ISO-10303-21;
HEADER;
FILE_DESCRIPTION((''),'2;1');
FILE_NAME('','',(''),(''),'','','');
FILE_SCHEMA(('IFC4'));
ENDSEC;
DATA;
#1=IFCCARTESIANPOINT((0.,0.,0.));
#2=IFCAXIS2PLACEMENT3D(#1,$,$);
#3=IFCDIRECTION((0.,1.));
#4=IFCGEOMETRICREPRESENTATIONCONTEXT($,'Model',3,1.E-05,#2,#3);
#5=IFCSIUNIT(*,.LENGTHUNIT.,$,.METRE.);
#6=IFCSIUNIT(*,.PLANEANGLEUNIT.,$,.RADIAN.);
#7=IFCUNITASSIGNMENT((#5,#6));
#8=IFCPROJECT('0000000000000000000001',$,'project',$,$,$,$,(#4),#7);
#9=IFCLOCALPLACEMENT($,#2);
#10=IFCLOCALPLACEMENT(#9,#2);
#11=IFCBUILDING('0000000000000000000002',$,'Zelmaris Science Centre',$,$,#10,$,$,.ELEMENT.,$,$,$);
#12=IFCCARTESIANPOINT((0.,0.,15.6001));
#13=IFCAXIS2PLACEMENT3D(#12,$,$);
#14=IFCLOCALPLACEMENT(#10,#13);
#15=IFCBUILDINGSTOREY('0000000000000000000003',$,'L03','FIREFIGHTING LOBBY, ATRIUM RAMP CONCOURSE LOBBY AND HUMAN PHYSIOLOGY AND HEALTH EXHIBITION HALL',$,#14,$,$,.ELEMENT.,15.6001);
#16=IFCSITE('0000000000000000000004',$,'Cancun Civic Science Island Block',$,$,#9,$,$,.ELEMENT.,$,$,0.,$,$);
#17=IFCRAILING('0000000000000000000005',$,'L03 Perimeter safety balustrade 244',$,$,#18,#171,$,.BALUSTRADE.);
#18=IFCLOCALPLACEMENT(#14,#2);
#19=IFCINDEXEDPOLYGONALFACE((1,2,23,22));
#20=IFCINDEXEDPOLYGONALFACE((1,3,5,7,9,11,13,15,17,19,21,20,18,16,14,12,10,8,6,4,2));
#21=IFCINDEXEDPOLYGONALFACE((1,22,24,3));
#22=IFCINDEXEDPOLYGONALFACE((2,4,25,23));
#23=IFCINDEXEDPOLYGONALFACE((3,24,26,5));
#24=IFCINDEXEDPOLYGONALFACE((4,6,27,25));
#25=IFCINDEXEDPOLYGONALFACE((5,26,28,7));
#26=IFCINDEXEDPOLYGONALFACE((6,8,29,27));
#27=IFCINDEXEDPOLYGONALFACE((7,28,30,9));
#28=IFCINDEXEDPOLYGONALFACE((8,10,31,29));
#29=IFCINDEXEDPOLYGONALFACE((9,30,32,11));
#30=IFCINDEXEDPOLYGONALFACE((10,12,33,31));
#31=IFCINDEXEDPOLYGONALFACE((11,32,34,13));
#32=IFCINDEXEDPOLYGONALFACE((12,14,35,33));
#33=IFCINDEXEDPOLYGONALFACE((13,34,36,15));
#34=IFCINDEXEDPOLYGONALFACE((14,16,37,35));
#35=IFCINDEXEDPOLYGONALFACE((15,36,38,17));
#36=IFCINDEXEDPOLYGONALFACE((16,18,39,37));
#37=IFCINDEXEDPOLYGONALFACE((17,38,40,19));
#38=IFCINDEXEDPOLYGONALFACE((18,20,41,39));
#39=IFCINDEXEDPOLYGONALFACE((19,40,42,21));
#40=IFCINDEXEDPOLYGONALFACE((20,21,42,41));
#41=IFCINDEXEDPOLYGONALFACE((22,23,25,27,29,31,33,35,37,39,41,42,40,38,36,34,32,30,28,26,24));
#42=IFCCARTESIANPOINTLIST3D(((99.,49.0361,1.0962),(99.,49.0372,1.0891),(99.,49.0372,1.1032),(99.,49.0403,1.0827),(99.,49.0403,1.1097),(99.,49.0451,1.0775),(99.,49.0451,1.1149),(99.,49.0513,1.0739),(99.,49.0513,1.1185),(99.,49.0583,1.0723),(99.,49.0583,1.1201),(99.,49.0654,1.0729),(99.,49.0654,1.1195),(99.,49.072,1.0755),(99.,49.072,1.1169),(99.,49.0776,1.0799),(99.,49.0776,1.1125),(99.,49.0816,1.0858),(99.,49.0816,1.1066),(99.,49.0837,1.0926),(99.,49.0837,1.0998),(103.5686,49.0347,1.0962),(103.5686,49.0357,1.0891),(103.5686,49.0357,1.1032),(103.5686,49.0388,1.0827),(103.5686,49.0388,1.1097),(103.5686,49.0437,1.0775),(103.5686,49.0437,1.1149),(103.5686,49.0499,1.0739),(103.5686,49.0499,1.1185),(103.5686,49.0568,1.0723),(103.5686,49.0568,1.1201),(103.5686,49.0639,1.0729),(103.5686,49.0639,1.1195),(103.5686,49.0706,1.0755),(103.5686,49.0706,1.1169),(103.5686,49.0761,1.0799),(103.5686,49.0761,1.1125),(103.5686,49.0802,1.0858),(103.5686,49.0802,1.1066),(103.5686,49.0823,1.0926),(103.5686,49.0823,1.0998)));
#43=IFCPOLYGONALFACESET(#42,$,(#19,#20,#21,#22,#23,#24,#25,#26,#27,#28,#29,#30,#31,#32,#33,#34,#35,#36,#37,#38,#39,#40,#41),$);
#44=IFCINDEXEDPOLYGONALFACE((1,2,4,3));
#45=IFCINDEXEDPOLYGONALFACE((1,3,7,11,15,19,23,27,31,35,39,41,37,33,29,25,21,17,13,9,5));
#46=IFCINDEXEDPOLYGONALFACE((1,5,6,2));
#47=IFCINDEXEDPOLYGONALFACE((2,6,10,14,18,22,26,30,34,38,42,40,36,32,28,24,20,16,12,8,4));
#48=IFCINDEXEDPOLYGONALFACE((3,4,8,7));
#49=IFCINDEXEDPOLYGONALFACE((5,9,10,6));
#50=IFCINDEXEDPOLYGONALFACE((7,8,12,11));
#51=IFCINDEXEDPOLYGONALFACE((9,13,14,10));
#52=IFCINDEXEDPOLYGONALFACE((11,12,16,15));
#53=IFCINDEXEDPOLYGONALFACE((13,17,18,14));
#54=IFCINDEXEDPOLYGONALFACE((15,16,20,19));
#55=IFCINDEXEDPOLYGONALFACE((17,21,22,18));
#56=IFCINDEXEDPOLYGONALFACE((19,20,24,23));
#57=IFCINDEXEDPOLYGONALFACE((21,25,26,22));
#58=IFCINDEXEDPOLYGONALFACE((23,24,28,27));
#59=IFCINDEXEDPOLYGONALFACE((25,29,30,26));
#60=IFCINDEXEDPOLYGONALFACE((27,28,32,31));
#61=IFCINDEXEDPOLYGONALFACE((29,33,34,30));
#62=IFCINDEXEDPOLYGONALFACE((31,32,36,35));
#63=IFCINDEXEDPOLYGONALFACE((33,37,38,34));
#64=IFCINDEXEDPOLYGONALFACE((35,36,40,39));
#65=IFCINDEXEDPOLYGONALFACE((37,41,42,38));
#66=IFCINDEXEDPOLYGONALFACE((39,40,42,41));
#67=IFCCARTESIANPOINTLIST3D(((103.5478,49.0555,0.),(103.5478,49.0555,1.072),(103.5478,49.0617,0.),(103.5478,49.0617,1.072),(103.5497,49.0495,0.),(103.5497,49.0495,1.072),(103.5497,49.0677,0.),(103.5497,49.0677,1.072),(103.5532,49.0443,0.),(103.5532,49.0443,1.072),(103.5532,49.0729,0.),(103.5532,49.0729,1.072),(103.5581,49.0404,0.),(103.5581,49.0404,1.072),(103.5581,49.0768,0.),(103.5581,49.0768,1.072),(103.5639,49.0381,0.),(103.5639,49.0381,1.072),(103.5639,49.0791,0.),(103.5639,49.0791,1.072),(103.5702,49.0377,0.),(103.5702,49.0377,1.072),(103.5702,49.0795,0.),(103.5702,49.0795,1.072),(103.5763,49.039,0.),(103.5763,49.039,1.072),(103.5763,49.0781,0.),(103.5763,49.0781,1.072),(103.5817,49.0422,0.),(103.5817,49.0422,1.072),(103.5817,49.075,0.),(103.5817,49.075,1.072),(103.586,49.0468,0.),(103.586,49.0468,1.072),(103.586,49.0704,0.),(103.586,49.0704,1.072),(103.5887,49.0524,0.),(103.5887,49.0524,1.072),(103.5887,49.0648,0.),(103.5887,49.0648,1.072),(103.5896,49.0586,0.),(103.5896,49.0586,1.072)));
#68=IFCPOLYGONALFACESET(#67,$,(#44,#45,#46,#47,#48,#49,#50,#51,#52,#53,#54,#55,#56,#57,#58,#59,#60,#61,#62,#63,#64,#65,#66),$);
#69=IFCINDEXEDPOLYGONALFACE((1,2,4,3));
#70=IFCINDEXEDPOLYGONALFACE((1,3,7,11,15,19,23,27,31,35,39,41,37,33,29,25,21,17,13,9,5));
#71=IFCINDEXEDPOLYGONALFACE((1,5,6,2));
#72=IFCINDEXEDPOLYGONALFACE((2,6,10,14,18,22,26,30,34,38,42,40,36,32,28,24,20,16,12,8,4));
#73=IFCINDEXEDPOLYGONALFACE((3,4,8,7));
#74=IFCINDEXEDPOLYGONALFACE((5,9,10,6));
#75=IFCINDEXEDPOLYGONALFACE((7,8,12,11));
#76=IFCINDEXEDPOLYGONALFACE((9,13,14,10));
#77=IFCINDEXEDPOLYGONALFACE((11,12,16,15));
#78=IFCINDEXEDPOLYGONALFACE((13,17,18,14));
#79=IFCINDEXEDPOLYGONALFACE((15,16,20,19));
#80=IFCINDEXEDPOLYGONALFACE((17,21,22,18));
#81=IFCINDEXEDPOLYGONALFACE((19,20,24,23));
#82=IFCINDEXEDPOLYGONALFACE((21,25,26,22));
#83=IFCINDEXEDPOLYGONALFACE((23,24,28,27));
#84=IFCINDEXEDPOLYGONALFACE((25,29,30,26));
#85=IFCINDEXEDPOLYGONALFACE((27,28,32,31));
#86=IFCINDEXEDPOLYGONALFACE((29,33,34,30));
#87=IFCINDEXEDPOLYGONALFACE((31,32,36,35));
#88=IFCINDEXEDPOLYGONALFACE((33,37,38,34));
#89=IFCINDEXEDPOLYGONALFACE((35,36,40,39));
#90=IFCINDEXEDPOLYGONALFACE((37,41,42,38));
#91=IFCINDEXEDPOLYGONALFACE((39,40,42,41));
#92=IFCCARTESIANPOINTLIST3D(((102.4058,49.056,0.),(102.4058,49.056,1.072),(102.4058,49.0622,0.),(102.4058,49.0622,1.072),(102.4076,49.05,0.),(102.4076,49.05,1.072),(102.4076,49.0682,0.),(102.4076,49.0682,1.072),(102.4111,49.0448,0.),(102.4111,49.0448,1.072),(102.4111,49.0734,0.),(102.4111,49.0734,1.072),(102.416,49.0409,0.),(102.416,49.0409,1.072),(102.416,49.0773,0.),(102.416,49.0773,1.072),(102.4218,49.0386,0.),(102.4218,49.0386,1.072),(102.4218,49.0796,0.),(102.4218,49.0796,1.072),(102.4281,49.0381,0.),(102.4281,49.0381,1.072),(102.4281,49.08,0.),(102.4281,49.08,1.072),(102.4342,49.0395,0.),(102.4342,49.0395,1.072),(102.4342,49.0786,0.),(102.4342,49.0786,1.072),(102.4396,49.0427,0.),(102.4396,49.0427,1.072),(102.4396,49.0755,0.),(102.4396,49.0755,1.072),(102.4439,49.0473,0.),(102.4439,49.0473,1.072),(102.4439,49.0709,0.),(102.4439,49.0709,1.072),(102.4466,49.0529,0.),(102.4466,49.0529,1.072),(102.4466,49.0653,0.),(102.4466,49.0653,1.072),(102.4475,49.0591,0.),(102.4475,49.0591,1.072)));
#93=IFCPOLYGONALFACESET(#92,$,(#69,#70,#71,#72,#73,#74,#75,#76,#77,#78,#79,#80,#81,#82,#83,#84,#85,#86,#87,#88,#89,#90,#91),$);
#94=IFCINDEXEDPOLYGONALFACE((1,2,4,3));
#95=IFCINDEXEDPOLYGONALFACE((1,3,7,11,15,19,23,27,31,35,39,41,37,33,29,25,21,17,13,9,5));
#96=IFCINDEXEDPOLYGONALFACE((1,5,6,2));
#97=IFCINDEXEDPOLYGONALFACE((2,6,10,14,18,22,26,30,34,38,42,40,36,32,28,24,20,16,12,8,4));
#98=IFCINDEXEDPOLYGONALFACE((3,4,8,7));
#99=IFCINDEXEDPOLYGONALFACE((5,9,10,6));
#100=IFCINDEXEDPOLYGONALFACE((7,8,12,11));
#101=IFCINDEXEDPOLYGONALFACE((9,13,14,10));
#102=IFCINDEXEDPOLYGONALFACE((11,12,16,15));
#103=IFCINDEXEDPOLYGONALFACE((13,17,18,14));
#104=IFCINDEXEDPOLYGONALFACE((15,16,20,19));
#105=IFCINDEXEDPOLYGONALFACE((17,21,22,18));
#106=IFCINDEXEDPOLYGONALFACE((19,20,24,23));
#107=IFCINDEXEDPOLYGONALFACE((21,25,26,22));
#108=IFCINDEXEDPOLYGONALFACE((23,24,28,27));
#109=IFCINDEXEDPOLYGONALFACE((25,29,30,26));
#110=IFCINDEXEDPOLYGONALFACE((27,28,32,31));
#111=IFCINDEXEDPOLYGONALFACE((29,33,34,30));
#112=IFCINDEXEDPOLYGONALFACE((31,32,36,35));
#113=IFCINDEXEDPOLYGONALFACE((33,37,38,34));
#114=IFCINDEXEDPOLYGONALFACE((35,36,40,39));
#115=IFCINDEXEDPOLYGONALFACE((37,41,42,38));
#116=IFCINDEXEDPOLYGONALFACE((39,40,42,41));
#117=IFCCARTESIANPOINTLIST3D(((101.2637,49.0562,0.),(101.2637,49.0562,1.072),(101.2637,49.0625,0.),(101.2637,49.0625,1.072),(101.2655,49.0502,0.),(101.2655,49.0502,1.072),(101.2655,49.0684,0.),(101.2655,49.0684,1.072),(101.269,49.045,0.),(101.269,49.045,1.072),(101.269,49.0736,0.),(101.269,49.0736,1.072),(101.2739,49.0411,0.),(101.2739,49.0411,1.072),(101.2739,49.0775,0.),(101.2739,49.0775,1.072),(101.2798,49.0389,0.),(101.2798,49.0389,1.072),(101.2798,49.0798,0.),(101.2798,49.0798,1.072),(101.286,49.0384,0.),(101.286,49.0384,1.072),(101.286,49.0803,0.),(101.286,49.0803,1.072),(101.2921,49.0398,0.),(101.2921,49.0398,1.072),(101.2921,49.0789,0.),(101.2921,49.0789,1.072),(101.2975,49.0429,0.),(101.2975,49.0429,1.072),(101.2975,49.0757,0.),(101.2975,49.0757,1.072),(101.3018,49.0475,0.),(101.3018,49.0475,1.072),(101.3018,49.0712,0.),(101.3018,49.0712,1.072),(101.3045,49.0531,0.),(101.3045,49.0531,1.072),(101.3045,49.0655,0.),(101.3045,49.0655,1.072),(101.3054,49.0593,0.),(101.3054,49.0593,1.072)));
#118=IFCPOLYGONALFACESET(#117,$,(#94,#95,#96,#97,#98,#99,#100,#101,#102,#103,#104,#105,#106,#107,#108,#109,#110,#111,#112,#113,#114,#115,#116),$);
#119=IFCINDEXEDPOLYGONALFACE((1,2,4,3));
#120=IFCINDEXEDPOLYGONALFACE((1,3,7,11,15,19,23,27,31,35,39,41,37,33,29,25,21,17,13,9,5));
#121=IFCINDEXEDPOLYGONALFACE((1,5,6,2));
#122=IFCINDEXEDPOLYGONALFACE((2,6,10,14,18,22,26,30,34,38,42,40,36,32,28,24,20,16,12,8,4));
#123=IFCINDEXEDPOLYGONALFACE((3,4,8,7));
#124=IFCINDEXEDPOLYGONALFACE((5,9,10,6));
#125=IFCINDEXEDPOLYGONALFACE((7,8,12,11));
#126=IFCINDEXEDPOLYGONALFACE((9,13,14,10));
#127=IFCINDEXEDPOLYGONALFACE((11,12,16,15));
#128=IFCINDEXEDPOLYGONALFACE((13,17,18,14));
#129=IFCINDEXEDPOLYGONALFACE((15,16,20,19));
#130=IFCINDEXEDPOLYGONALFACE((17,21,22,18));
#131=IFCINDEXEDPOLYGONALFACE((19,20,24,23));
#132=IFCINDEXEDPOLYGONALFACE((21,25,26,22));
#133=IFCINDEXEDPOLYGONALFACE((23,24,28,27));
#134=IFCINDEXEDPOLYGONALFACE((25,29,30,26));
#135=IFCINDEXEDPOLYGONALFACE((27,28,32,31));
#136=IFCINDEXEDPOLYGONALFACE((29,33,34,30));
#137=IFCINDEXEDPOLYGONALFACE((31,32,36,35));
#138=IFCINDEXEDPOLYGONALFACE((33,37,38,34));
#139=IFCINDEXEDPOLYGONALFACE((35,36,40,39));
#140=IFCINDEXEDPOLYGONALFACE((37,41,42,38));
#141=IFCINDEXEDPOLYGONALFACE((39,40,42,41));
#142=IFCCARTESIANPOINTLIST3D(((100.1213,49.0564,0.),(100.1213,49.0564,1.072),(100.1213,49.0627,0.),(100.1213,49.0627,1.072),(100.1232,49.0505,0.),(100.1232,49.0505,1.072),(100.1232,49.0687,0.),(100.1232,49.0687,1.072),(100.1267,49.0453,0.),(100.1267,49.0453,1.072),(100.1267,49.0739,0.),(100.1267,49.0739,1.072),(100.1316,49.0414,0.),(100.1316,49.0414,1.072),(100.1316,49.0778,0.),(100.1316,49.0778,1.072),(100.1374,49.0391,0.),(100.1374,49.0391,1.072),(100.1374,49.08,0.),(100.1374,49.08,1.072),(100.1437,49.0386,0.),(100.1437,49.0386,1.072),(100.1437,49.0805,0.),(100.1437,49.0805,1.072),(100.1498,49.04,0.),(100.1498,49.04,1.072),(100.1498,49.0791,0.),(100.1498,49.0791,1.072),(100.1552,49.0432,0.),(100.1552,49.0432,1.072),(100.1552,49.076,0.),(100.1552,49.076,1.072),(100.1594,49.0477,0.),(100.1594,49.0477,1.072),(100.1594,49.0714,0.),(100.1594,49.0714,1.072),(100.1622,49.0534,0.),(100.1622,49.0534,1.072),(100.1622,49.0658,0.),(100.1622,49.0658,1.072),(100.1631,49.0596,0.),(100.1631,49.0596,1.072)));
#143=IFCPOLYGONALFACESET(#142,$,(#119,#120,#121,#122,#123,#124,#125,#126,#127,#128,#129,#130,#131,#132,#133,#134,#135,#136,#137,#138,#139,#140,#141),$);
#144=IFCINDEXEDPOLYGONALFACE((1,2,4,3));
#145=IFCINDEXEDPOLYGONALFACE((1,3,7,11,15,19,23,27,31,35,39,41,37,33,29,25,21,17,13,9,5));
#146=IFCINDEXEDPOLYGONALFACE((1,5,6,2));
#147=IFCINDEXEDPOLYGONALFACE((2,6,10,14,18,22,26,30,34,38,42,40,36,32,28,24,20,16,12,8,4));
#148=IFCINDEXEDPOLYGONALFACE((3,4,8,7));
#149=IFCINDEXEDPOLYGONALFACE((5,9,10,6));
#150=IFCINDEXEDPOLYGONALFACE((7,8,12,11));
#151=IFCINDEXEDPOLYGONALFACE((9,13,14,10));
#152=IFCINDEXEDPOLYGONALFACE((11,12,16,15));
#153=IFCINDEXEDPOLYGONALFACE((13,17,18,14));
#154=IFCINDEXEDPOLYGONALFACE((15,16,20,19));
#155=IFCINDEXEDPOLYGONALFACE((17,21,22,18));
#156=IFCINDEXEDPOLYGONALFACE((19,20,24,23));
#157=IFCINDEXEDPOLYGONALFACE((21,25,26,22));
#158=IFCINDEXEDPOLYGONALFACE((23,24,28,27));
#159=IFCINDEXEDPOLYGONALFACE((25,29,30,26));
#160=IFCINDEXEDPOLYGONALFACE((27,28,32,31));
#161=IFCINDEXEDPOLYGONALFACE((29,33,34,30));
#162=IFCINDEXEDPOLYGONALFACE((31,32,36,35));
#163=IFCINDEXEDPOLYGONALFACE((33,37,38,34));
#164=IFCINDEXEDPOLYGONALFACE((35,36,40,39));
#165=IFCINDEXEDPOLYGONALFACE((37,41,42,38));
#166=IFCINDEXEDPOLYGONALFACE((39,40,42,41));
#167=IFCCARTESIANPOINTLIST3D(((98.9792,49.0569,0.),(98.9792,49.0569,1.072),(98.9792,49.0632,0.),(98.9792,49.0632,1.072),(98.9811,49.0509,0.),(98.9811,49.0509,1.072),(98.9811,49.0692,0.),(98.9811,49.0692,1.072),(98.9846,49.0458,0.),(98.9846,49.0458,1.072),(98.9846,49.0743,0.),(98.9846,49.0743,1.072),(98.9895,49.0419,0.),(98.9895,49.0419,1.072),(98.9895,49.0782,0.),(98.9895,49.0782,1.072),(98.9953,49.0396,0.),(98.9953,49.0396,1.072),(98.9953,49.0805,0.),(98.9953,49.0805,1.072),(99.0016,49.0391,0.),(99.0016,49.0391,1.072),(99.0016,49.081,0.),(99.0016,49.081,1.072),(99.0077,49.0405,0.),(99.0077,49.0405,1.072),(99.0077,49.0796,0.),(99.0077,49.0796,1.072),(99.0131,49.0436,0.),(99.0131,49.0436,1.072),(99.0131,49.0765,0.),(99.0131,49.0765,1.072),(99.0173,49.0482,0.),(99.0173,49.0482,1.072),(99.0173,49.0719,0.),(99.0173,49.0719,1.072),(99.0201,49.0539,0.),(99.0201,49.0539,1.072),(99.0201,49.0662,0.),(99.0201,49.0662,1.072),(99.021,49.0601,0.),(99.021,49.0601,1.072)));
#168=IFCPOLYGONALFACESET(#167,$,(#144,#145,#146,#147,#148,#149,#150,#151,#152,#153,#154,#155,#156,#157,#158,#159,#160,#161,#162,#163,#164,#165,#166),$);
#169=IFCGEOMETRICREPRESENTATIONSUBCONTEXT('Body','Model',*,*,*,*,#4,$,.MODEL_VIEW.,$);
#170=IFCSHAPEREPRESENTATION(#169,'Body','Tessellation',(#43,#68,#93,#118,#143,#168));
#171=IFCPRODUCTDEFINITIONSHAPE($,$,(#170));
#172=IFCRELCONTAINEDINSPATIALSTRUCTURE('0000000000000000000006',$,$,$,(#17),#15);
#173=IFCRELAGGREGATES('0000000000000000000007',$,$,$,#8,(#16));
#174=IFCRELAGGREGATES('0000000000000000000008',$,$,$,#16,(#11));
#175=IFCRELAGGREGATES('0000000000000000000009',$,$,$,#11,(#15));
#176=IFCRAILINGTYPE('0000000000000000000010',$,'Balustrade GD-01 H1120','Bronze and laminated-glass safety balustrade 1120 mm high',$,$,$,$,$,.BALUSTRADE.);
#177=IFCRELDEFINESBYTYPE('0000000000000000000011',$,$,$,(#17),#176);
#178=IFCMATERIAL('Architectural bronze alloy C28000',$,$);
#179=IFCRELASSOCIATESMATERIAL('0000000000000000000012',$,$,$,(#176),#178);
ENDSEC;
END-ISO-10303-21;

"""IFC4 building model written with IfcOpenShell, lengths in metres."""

from ifc_helpers import new_model, si_unit, direction, frame, origin, origin_2d, place, context, subcontext, project, spatial, circle, extrude, material, type_object, element, save


model = new_model("IFC4")

# Units and contexts
model_context = context("Model", 3, precision=1e-05, world=origin(), true_north=direction((0.0, 1.0)))
body_context = subcontext(model_context, "Body", "Model", "MODEL_VIEW")
ifc_project = project(units=[si_unit("LENGTHUNIT", "METRE"), si_unit("PLANEANGLEUNIT", "RADIAN")], contexts=[model_context])

# Site, building, storey
site_placement = place(None, origin())
site = spatial("IfcSite", under=ifc_project, at=site_placement, Name="Cancun Civic Science Island Block", CompositionType="ELEMENT", RefElevation=0.0)
building_placement = place(site_placement, origin())
building = spatial("IfcBuilding", under=site, at=building_placement, Name="Zelmaris Science Centre", CompositionType="ELEMENT")
storey_placement = place(building_placement, frame((0.0, 0.0, 15.6001)))
storey = spatial("IfcBuildingStorey", under=building, at=storey_placement, Name="L03", Description="FIREFIGHTING LOBBY, ATRIUM RAMP CONCOURSE LOBBY AND HUMAN PHYSIOLOGY AND HEALTH EXHIBITION HALL", CompositionType="ELEMENT", Elevation=15.6001)

# Railing
ifc_material_1 = material(Name="Architectural bronze alloy C28000")
railing_type = type_object("IfcRailingType", Name="Balustrade GD-01 H1120", Description="Bronze and laminated-glass safety balustrade 1120 mm high", PredefinedType="BALUSTRADE", material=ifc_material_1)
railing_placement = place(storey_placement, frame((103.5686, 49.0586, 0.0)))
element("IfcRailing", 1, at=railing_placement, inside=storey, type_object=railing_type, Name="L03 Perimeter safety balustrade 244", PredefinedType="BALUSTRADE", context=body_context, shape_type="SweptSolid", body=[
    extrude(circle(Radius=0.0239, at=origin_2d()), frame((0.0, 0.0, 1.0962), z_axis=(-1.0, 0.000321, 0.0), x_axis=(-0.000321, -1.0, 0.0)), (0.0, 0.0, 1.0), 4.5686),
    extrude(circle(Radius=0.021, at=origin_2d()), origin(), (0.0, 0.0, 1.0), 1.072),
    extrude(circle(Radius=0.021, at=origin_2d()), frame((-1.1421, 0.0005, 0.0)), (0.0, 0.0, 1.0), 1.072),
    extrude(circle(Radius=0.021, at=origin_2d()), frame((-2.2842, 0.0007, 0.0)), (0.0, 0.0, 1.0), 1.072),
    extrude(circle(Radius=0.021, at=origin_2d()), frame((-3.4265, 0.001, 0.0)), (0.0, 0.0, 1.0), 1.072),
    extrude(circle(Radius=0.021, at=origin_2d()), frame((-4.5686, 0.0015, 0.0)), (0.0, 0.0, 1.0), 1.072),
])

save(model, "model.ifc")
